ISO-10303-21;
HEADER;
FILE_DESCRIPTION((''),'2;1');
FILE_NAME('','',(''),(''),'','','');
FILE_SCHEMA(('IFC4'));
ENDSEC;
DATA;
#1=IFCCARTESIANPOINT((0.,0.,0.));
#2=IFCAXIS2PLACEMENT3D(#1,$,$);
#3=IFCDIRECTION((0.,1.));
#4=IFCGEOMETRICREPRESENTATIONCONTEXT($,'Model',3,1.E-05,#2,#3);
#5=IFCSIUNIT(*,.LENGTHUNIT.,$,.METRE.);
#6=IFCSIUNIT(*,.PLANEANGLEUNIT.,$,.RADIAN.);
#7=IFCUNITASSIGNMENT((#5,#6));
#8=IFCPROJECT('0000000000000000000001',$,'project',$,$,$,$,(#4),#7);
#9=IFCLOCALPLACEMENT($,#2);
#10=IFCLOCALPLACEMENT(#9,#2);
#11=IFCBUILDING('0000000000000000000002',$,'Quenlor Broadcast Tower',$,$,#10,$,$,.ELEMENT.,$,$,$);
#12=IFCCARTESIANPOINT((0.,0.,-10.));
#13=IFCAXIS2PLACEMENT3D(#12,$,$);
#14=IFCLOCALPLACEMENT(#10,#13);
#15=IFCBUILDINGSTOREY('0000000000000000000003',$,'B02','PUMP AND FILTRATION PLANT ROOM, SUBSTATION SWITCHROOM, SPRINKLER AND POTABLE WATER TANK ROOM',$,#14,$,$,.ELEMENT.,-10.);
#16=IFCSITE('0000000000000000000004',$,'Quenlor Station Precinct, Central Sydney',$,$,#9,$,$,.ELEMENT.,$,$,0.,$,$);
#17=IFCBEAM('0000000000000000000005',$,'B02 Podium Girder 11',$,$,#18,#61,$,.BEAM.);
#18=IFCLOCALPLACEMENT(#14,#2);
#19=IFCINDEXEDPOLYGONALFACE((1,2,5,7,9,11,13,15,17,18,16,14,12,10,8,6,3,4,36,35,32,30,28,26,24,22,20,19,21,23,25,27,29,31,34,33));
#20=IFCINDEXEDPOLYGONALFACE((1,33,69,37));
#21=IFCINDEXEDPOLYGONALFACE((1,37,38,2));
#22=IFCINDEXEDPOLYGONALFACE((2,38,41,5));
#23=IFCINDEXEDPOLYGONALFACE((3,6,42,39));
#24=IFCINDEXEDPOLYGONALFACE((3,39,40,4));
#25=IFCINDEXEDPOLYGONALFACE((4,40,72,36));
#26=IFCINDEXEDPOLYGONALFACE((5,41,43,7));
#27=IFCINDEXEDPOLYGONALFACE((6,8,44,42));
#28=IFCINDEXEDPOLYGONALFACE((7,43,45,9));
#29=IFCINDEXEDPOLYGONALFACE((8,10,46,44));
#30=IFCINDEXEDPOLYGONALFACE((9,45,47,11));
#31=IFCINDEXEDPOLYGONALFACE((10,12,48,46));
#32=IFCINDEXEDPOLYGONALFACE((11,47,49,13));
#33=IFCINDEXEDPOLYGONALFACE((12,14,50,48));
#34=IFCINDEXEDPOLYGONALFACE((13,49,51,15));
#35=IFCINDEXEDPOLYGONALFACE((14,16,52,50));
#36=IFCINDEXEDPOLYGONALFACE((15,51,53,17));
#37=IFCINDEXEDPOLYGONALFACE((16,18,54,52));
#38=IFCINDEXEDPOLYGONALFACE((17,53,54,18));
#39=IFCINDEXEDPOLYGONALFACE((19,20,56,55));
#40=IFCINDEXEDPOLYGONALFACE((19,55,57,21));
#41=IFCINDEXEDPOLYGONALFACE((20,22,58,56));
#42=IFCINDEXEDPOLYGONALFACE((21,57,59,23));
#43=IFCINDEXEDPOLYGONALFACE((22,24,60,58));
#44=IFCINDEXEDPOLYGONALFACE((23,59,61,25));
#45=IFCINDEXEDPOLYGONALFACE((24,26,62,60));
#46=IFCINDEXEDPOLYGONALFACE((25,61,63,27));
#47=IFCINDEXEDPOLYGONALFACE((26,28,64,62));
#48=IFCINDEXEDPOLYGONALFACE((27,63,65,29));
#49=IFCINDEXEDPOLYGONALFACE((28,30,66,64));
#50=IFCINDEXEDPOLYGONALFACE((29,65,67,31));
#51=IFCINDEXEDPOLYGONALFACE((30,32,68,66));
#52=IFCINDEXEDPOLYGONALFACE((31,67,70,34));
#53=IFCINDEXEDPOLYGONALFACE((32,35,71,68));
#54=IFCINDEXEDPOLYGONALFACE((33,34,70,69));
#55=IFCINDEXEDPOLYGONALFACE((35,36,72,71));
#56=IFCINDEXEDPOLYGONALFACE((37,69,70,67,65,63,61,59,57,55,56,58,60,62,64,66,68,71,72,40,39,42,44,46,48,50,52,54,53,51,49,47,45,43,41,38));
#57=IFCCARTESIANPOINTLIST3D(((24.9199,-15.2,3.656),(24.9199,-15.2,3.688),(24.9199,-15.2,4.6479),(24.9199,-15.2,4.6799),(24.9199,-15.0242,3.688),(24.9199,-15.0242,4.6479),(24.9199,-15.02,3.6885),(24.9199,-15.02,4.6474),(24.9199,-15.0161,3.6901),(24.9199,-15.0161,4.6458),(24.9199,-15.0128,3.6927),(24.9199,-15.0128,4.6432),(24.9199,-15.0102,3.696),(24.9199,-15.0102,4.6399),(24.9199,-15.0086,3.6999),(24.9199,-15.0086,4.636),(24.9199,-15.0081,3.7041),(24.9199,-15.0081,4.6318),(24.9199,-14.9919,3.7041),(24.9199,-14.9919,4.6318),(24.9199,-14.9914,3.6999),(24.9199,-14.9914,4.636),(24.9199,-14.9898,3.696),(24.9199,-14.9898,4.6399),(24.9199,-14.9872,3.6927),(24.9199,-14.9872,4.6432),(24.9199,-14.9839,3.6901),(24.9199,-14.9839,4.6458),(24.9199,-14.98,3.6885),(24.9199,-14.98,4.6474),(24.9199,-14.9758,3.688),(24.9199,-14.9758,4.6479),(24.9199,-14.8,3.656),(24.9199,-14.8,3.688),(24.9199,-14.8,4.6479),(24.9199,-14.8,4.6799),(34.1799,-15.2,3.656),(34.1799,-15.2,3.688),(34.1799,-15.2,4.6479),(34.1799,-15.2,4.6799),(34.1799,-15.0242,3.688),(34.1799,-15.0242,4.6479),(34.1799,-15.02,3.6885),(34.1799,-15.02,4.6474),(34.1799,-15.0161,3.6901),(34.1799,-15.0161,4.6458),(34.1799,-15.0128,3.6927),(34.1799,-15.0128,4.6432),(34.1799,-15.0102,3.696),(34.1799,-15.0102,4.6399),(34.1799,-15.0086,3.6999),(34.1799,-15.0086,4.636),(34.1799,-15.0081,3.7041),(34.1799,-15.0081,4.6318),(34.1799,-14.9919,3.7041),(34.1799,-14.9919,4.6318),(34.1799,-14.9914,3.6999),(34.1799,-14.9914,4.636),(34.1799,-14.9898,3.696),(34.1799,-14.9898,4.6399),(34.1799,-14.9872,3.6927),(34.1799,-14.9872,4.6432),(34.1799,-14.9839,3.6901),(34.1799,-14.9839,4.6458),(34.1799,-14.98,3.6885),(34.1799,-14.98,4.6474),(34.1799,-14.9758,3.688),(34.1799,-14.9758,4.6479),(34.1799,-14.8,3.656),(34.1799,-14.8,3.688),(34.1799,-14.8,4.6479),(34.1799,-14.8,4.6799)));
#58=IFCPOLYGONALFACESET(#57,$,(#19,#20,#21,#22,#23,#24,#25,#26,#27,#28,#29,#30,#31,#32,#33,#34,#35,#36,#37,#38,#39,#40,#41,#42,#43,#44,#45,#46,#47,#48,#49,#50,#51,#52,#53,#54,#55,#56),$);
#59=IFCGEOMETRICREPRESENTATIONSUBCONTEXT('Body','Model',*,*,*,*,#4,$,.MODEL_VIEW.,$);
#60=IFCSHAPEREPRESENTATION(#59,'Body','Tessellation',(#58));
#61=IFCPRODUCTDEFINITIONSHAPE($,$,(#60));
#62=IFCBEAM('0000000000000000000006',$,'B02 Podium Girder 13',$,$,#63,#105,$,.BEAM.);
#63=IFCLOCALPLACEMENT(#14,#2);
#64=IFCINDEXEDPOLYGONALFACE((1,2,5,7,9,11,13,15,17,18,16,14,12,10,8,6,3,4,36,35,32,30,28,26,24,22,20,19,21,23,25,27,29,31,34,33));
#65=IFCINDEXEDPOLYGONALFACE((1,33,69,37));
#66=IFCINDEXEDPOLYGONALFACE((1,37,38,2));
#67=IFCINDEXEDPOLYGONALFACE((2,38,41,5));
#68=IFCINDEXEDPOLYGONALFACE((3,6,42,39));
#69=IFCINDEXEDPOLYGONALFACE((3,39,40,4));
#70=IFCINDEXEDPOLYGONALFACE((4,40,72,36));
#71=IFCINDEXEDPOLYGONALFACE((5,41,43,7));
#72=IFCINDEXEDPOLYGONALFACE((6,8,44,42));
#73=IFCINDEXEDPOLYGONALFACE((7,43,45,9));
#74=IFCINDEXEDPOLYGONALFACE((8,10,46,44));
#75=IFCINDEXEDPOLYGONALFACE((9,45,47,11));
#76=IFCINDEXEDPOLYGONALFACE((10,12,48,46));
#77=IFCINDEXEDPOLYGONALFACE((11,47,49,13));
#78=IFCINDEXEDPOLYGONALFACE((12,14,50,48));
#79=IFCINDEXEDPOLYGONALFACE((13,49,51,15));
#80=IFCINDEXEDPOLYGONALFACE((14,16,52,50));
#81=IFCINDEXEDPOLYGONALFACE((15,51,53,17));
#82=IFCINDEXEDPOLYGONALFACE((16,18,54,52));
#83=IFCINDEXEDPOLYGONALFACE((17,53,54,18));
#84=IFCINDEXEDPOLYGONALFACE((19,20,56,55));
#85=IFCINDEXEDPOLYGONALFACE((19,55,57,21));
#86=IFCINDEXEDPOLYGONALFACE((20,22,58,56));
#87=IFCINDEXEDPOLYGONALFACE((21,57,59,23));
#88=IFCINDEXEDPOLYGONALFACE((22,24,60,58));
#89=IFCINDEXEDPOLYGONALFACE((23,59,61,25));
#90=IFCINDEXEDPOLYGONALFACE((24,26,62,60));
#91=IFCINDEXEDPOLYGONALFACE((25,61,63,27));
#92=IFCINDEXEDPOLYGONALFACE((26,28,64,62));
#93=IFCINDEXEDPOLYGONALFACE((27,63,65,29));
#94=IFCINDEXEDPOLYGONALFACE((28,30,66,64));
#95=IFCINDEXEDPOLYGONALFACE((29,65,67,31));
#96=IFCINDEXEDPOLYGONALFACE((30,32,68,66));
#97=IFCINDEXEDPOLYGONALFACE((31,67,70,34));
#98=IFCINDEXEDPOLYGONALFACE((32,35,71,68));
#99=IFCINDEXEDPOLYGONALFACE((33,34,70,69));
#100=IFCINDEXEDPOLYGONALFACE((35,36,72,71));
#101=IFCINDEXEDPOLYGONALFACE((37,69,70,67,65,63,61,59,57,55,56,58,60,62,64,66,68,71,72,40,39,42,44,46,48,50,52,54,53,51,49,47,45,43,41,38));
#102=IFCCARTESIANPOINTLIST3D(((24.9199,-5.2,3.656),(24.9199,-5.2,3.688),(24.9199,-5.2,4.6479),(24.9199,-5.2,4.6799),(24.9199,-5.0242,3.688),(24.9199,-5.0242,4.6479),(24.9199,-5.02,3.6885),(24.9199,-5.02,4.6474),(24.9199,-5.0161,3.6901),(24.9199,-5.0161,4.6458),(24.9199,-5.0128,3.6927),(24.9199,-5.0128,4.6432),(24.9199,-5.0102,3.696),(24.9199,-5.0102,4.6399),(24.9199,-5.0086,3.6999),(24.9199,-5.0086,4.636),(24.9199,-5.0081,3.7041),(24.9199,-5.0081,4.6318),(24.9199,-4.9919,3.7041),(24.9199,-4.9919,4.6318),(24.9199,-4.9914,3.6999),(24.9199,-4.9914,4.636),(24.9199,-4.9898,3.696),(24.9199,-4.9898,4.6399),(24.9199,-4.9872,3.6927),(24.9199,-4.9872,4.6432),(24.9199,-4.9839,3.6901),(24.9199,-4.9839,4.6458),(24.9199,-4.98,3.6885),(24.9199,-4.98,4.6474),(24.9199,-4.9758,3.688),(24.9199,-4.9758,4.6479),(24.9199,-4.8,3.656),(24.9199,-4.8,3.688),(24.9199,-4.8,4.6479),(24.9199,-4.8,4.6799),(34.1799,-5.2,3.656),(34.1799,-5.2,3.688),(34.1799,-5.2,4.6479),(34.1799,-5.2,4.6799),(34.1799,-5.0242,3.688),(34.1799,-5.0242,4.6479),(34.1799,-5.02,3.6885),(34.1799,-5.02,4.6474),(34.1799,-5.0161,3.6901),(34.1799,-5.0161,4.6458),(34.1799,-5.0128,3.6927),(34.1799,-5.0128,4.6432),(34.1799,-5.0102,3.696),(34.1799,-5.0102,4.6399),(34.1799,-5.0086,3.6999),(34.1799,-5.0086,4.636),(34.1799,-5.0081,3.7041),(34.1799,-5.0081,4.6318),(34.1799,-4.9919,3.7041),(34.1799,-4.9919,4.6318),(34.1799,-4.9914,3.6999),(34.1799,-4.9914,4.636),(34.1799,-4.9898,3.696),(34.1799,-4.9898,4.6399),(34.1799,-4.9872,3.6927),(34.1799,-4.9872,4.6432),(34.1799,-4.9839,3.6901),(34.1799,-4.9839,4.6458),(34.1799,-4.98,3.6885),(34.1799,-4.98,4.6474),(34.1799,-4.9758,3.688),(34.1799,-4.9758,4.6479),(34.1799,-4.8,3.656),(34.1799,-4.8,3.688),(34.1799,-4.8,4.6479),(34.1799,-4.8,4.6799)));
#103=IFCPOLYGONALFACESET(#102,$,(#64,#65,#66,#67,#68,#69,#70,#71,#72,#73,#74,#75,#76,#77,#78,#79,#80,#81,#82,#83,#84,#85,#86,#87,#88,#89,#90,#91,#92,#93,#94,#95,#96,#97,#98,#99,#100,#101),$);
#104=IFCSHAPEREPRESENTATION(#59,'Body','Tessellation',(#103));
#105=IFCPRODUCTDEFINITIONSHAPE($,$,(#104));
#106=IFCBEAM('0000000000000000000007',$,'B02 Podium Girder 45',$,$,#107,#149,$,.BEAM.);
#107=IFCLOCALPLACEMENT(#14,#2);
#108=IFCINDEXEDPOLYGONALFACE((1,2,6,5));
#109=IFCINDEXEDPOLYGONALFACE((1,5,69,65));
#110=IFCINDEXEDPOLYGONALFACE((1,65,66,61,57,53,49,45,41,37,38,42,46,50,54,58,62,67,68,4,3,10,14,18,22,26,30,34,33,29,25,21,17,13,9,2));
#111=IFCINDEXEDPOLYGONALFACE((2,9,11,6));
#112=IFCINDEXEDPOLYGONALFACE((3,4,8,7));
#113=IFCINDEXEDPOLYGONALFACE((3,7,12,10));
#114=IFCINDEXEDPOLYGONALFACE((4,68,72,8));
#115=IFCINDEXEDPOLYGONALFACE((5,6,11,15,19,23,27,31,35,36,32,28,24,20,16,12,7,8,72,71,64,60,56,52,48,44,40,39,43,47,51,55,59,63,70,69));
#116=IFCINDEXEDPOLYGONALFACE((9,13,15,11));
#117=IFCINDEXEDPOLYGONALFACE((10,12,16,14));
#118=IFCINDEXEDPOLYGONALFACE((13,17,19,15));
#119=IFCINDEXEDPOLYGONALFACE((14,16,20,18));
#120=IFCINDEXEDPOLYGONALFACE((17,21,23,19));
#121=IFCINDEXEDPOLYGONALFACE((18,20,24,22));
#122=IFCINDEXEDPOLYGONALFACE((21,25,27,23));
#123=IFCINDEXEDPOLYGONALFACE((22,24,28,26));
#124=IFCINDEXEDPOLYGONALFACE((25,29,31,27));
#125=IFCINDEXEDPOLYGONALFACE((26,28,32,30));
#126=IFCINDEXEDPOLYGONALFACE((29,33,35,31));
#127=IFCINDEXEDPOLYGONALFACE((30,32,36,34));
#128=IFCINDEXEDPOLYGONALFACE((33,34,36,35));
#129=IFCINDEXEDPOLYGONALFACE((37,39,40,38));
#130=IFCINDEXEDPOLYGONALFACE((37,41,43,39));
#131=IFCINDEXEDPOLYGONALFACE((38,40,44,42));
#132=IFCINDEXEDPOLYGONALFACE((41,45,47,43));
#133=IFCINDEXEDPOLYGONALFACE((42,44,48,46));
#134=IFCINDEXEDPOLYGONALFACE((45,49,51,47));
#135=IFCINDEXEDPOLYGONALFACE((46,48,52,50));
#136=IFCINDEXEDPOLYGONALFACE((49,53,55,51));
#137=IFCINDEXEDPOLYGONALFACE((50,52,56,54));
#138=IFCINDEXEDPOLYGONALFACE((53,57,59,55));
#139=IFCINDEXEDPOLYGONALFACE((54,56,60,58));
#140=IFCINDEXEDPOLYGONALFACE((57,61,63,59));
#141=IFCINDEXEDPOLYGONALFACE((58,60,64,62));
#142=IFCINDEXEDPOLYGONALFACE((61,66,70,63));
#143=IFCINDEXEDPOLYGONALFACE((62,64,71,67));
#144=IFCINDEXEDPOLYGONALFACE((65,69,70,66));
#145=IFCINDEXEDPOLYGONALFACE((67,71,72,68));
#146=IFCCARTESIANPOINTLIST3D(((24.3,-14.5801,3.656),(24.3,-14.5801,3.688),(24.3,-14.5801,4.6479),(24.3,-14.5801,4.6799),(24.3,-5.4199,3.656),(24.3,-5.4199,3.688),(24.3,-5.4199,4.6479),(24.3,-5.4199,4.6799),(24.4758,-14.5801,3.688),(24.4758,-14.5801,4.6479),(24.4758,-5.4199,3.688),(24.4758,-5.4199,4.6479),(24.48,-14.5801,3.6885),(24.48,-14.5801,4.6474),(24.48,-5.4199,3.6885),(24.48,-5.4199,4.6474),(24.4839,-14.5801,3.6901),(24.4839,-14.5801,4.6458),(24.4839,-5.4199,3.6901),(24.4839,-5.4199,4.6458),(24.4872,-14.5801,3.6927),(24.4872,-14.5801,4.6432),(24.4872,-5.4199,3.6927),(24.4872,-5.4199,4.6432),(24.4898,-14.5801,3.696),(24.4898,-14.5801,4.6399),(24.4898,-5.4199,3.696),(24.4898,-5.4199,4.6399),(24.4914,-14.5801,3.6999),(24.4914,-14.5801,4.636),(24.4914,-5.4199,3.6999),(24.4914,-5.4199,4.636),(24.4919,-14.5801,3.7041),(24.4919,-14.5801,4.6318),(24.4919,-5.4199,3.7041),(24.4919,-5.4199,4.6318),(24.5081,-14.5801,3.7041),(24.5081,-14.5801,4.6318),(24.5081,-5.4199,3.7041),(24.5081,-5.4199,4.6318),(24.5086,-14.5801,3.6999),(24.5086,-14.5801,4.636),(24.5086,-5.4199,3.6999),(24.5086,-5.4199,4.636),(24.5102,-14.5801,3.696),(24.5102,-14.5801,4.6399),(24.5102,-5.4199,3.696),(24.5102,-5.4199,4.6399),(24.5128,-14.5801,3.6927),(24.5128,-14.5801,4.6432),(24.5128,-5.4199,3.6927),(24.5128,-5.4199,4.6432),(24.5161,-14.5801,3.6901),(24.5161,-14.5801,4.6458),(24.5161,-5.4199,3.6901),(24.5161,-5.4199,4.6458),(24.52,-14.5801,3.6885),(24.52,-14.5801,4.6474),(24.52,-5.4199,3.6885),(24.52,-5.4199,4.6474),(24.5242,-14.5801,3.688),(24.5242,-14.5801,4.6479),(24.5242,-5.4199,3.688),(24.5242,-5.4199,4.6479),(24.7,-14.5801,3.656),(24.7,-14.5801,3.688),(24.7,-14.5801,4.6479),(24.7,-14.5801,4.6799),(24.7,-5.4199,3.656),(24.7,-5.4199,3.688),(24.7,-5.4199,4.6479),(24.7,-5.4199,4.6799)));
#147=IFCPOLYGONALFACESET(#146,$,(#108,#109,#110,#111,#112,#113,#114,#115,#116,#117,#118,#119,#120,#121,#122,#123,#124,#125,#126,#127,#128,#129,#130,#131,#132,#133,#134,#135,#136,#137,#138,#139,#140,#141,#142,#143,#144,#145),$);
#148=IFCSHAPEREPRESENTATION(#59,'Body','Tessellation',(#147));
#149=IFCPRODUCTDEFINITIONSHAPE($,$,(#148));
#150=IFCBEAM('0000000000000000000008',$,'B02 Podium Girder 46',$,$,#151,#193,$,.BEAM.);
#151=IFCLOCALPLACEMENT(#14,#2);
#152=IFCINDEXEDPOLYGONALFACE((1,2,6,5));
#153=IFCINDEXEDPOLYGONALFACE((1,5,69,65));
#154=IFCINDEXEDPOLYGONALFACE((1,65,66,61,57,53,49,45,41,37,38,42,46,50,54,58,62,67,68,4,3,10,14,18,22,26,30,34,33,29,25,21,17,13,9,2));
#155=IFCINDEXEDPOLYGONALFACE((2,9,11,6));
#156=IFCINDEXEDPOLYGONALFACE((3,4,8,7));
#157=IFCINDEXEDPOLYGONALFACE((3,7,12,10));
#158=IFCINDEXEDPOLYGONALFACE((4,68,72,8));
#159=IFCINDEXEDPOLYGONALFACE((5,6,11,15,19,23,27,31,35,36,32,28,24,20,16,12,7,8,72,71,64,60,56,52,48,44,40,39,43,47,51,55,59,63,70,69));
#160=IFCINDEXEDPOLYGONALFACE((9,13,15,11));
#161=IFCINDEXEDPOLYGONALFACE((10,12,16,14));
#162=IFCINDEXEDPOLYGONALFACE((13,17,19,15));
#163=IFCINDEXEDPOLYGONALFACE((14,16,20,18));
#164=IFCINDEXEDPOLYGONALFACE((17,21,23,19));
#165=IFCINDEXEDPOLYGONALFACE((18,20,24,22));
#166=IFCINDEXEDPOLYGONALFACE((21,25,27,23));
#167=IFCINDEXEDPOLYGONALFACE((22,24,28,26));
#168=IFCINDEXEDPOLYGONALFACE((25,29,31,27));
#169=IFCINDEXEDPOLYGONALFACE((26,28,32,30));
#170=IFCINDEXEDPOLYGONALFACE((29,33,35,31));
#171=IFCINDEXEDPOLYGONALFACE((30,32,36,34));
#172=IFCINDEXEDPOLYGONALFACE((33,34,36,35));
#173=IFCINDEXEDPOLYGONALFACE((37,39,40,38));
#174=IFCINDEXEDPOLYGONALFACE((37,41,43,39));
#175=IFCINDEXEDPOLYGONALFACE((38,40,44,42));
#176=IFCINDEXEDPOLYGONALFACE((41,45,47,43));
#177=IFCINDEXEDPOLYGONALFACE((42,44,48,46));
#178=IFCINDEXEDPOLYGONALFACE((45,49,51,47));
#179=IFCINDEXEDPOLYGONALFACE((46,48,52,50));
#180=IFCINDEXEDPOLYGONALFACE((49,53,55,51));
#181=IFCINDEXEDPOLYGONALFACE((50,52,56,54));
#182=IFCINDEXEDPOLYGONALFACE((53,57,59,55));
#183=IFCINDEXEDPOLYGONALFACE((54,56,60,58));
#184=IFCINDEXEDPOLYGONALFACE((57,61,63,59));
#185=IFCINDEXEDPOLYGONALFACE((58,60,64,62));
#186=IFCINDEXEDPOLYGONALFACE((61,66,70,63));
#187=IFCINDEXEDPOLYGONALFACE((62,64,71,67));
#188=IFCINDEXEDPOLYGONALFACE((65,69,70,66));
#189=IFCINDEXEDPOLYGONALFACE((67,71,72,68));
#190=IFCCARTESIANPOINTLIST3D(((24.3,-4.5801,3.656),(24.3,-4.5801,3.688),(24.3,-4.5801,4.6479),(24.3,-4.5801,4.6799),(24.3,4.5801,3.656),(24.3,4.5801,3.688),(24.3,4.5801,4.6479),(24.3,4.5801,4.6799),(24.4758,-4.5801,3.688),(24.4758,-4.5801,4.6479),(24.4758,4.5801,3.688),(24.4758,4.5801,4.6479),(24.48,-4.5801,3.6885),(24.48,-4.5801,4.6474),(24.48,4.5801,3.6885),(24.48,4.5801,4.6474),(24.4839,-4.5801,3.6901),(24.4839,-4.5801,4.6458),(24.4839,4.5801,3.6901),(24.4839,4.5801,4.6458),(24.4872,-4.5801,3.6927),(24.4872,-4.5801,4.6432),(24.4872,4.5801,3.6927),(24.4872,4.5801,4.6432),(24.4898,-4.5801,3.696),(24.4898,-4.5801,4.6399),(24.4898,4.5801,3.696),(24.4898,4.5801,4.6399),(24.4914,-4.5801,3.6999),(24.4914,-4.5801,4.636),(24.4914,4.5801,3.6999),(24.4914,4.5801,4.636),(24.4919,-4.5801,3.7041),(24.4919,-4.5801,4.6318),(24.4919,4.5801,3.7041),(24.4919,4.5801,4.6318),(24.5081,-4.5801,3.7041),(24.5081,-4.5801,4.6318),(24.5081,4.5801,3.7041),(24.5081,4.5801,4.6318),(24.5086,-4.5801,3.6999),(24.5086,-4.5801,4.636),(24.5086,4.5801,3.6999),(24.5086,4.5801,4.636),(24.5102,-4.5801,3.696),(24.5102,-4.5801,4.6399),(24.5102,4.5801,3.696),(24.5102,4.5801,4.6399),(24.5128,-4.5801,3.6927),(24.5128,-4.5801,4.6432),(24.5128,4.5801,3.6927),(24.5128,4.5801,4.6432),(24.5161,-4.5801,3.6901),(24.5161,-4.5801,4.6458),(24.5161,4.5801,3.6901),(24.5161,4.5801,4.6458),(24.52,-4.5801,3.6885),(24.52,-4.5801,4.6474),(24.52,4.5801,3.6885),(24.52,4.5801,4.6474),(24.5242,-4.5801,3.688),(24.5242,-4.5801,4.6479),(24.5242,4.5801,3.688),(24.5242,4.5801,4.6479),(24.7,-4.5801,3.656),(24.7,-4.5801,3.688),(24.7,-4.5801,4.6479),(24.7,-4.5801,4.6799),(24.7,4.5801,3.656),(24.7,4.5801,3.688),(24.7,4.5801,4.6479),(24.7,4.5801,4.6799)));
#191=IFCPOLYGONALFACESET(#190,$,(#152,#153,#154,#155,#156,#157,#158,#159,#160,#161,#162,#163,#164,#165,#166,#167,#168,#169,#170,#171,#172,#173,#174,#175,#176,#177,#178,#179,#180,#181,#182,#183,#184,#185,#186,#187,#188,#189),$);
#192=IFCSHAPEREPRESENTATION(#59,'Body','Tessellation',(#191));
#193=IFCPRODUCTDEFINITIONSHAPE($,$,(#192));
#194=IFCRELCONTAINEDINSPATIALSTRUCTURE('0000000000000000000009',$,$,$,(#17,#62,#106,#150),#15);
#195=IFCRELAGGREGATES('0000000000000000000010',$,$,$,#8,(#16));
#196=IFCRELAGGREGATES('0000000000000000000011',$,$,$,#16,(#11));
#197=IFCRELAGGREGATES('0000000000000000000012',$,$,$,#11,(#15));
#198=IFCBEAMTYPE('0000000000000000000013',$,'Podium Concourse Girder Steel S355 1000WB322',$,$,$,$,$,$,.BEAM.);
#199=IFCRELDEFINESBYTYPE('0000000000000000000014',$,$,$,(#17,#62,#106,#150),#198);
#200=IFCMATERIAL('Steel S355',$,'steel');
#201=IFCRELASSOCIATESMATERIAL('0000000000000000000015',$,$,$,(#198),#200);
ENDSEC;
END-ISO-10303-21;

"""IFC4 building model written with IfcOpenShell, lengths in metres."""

from ifc_helpers import new_model, si_unit, direction, frame, origin, origin_2d, place, context, subcontext, project, spatial, i_section, extrude, material, material_profile, profile_set, type_object, element, save


model = new_model("IFC4")

# Units and contexts
model_context = context("Model", 3, precision=1e-05, world=origin(), true_north=direction((0.0, 1.0)))
body_context = subcontext(model_context, "Body", "Model", "MODEL_VIEW")
ifc_project = project(units=[si_unit("LENGTHUNIT", "METRE"), si_unit("PLANEANGLEUNIT", "RADIAN")], contexts=[model_context])

# Site, building, storey
site_placement = place(None, origin())
site = spatial("IfcSite", under=ifc_project, at=site_placement, Name="Quenlor Station Precinct, Central Sydney", CompositionType="ELEMENT", RefElevation=0.0)
building_placement = place(site_placement, origin())
building = spatial("IfcBuilding", under=site, at=building_placement, Name="Quenlor Broadcast Tower", CompositionType="ELEMENT")
storey_placement = place(building_placement, frame((0.0, 0.0, -10.0)))
storey = spatial("IfcBuildingStorey", under=building, at=storey_placement, Name="B02", Description="PUMP AND FILTRATION PLANT ROOM, SUBSTATION SWITCHROOM, SPRINKLER AND POTABLE WATER TANK ROOM", CompositionType="ELEMENT", Elevation=-10.0)

# Beams
ifc_material_1 = material(Name="Steel S355", Category="steel")
ifc_material_profile_1 = material_profile(ifc_material_1, i_section(OverallWidth=0.3999, OverallDepth=1.0239, WebThickness=0.0161, FlangeThickness=0.032, FilletRadius=0.0161, at=origin_2d()))
ifc_profile_set_1 = profile_set([ifc_material_profile_1], Name="Steel S355 1000WB322")
beam_type_1 = type_object("IfcBeamType", Name="Podium Concourse Girder Steel S355 1000WB322", PredefinedType="BEAM", material=ifc_profile_set_1)
for number, where, z_axis, x_axis, name in (
    (1, (24.9199, -15.0, 4.168), (1.0, 0.0, 0.0), (0.0, 1.0, 0.0), "B02 Podium Girder 11"),
    (2, (24.9199, -5.0, 4.168), (1.0, 0.0, 0.0), (0.0, 1.0, 0.0), "B02 Podium Girder 13"),
):
    element("IfcBeam", number, at=place(storey_placement, frame(where, z_axis=z_axis, x_axis=x_axis)), inside=storey, type_object=beam_type_1, Name=name, PredefinedType="BEAM", context=body_context, shape_type="SweptSolid", body=[
        extrude(i_section(OverallWidth=0.3999, OverallDepth=1.0239, WebThickness=0.0161, FlangeThickness=0.032, FilletRadius=0.0161, at=origin_2d()), origin(), (0.0, 0.0, 1.0), 9.26),
    ])
for number, where, z_axis, x_axis, name in (
    (3, (24.5, -14.5801, 4.168), (0.0, 1.0, 0.0), (-1.0, 0.0, 0.0), "B02 Podium Girder 45"),
    (4, (24.5, -4.5801, 4.168), (0.0, 1.0, 0.0), (-1.0, 0.0, 0.0), "B02 Podium Girder 46"),
):
    element("IfcBeam", number, at=place(storey_placement, frame(where, z_axis=z_axis, x_axis=x_axis)), inside=storey, type_object=beam_type_1, Name=name, PredefinedType="BEAM", context=body_context, shape_type="SweptSolid", body=[
        extrude(i_section(OverallWidth=0.3999, OverallDepth=1.0239, WebThickness=0.0161, FlangeThickness=0.032, FilletRadius=0.0161, at=origin_2d()), origin(), (0.0, 0.0, 1.0), 9.1602),
    ])

save(model, "model.ifc")
